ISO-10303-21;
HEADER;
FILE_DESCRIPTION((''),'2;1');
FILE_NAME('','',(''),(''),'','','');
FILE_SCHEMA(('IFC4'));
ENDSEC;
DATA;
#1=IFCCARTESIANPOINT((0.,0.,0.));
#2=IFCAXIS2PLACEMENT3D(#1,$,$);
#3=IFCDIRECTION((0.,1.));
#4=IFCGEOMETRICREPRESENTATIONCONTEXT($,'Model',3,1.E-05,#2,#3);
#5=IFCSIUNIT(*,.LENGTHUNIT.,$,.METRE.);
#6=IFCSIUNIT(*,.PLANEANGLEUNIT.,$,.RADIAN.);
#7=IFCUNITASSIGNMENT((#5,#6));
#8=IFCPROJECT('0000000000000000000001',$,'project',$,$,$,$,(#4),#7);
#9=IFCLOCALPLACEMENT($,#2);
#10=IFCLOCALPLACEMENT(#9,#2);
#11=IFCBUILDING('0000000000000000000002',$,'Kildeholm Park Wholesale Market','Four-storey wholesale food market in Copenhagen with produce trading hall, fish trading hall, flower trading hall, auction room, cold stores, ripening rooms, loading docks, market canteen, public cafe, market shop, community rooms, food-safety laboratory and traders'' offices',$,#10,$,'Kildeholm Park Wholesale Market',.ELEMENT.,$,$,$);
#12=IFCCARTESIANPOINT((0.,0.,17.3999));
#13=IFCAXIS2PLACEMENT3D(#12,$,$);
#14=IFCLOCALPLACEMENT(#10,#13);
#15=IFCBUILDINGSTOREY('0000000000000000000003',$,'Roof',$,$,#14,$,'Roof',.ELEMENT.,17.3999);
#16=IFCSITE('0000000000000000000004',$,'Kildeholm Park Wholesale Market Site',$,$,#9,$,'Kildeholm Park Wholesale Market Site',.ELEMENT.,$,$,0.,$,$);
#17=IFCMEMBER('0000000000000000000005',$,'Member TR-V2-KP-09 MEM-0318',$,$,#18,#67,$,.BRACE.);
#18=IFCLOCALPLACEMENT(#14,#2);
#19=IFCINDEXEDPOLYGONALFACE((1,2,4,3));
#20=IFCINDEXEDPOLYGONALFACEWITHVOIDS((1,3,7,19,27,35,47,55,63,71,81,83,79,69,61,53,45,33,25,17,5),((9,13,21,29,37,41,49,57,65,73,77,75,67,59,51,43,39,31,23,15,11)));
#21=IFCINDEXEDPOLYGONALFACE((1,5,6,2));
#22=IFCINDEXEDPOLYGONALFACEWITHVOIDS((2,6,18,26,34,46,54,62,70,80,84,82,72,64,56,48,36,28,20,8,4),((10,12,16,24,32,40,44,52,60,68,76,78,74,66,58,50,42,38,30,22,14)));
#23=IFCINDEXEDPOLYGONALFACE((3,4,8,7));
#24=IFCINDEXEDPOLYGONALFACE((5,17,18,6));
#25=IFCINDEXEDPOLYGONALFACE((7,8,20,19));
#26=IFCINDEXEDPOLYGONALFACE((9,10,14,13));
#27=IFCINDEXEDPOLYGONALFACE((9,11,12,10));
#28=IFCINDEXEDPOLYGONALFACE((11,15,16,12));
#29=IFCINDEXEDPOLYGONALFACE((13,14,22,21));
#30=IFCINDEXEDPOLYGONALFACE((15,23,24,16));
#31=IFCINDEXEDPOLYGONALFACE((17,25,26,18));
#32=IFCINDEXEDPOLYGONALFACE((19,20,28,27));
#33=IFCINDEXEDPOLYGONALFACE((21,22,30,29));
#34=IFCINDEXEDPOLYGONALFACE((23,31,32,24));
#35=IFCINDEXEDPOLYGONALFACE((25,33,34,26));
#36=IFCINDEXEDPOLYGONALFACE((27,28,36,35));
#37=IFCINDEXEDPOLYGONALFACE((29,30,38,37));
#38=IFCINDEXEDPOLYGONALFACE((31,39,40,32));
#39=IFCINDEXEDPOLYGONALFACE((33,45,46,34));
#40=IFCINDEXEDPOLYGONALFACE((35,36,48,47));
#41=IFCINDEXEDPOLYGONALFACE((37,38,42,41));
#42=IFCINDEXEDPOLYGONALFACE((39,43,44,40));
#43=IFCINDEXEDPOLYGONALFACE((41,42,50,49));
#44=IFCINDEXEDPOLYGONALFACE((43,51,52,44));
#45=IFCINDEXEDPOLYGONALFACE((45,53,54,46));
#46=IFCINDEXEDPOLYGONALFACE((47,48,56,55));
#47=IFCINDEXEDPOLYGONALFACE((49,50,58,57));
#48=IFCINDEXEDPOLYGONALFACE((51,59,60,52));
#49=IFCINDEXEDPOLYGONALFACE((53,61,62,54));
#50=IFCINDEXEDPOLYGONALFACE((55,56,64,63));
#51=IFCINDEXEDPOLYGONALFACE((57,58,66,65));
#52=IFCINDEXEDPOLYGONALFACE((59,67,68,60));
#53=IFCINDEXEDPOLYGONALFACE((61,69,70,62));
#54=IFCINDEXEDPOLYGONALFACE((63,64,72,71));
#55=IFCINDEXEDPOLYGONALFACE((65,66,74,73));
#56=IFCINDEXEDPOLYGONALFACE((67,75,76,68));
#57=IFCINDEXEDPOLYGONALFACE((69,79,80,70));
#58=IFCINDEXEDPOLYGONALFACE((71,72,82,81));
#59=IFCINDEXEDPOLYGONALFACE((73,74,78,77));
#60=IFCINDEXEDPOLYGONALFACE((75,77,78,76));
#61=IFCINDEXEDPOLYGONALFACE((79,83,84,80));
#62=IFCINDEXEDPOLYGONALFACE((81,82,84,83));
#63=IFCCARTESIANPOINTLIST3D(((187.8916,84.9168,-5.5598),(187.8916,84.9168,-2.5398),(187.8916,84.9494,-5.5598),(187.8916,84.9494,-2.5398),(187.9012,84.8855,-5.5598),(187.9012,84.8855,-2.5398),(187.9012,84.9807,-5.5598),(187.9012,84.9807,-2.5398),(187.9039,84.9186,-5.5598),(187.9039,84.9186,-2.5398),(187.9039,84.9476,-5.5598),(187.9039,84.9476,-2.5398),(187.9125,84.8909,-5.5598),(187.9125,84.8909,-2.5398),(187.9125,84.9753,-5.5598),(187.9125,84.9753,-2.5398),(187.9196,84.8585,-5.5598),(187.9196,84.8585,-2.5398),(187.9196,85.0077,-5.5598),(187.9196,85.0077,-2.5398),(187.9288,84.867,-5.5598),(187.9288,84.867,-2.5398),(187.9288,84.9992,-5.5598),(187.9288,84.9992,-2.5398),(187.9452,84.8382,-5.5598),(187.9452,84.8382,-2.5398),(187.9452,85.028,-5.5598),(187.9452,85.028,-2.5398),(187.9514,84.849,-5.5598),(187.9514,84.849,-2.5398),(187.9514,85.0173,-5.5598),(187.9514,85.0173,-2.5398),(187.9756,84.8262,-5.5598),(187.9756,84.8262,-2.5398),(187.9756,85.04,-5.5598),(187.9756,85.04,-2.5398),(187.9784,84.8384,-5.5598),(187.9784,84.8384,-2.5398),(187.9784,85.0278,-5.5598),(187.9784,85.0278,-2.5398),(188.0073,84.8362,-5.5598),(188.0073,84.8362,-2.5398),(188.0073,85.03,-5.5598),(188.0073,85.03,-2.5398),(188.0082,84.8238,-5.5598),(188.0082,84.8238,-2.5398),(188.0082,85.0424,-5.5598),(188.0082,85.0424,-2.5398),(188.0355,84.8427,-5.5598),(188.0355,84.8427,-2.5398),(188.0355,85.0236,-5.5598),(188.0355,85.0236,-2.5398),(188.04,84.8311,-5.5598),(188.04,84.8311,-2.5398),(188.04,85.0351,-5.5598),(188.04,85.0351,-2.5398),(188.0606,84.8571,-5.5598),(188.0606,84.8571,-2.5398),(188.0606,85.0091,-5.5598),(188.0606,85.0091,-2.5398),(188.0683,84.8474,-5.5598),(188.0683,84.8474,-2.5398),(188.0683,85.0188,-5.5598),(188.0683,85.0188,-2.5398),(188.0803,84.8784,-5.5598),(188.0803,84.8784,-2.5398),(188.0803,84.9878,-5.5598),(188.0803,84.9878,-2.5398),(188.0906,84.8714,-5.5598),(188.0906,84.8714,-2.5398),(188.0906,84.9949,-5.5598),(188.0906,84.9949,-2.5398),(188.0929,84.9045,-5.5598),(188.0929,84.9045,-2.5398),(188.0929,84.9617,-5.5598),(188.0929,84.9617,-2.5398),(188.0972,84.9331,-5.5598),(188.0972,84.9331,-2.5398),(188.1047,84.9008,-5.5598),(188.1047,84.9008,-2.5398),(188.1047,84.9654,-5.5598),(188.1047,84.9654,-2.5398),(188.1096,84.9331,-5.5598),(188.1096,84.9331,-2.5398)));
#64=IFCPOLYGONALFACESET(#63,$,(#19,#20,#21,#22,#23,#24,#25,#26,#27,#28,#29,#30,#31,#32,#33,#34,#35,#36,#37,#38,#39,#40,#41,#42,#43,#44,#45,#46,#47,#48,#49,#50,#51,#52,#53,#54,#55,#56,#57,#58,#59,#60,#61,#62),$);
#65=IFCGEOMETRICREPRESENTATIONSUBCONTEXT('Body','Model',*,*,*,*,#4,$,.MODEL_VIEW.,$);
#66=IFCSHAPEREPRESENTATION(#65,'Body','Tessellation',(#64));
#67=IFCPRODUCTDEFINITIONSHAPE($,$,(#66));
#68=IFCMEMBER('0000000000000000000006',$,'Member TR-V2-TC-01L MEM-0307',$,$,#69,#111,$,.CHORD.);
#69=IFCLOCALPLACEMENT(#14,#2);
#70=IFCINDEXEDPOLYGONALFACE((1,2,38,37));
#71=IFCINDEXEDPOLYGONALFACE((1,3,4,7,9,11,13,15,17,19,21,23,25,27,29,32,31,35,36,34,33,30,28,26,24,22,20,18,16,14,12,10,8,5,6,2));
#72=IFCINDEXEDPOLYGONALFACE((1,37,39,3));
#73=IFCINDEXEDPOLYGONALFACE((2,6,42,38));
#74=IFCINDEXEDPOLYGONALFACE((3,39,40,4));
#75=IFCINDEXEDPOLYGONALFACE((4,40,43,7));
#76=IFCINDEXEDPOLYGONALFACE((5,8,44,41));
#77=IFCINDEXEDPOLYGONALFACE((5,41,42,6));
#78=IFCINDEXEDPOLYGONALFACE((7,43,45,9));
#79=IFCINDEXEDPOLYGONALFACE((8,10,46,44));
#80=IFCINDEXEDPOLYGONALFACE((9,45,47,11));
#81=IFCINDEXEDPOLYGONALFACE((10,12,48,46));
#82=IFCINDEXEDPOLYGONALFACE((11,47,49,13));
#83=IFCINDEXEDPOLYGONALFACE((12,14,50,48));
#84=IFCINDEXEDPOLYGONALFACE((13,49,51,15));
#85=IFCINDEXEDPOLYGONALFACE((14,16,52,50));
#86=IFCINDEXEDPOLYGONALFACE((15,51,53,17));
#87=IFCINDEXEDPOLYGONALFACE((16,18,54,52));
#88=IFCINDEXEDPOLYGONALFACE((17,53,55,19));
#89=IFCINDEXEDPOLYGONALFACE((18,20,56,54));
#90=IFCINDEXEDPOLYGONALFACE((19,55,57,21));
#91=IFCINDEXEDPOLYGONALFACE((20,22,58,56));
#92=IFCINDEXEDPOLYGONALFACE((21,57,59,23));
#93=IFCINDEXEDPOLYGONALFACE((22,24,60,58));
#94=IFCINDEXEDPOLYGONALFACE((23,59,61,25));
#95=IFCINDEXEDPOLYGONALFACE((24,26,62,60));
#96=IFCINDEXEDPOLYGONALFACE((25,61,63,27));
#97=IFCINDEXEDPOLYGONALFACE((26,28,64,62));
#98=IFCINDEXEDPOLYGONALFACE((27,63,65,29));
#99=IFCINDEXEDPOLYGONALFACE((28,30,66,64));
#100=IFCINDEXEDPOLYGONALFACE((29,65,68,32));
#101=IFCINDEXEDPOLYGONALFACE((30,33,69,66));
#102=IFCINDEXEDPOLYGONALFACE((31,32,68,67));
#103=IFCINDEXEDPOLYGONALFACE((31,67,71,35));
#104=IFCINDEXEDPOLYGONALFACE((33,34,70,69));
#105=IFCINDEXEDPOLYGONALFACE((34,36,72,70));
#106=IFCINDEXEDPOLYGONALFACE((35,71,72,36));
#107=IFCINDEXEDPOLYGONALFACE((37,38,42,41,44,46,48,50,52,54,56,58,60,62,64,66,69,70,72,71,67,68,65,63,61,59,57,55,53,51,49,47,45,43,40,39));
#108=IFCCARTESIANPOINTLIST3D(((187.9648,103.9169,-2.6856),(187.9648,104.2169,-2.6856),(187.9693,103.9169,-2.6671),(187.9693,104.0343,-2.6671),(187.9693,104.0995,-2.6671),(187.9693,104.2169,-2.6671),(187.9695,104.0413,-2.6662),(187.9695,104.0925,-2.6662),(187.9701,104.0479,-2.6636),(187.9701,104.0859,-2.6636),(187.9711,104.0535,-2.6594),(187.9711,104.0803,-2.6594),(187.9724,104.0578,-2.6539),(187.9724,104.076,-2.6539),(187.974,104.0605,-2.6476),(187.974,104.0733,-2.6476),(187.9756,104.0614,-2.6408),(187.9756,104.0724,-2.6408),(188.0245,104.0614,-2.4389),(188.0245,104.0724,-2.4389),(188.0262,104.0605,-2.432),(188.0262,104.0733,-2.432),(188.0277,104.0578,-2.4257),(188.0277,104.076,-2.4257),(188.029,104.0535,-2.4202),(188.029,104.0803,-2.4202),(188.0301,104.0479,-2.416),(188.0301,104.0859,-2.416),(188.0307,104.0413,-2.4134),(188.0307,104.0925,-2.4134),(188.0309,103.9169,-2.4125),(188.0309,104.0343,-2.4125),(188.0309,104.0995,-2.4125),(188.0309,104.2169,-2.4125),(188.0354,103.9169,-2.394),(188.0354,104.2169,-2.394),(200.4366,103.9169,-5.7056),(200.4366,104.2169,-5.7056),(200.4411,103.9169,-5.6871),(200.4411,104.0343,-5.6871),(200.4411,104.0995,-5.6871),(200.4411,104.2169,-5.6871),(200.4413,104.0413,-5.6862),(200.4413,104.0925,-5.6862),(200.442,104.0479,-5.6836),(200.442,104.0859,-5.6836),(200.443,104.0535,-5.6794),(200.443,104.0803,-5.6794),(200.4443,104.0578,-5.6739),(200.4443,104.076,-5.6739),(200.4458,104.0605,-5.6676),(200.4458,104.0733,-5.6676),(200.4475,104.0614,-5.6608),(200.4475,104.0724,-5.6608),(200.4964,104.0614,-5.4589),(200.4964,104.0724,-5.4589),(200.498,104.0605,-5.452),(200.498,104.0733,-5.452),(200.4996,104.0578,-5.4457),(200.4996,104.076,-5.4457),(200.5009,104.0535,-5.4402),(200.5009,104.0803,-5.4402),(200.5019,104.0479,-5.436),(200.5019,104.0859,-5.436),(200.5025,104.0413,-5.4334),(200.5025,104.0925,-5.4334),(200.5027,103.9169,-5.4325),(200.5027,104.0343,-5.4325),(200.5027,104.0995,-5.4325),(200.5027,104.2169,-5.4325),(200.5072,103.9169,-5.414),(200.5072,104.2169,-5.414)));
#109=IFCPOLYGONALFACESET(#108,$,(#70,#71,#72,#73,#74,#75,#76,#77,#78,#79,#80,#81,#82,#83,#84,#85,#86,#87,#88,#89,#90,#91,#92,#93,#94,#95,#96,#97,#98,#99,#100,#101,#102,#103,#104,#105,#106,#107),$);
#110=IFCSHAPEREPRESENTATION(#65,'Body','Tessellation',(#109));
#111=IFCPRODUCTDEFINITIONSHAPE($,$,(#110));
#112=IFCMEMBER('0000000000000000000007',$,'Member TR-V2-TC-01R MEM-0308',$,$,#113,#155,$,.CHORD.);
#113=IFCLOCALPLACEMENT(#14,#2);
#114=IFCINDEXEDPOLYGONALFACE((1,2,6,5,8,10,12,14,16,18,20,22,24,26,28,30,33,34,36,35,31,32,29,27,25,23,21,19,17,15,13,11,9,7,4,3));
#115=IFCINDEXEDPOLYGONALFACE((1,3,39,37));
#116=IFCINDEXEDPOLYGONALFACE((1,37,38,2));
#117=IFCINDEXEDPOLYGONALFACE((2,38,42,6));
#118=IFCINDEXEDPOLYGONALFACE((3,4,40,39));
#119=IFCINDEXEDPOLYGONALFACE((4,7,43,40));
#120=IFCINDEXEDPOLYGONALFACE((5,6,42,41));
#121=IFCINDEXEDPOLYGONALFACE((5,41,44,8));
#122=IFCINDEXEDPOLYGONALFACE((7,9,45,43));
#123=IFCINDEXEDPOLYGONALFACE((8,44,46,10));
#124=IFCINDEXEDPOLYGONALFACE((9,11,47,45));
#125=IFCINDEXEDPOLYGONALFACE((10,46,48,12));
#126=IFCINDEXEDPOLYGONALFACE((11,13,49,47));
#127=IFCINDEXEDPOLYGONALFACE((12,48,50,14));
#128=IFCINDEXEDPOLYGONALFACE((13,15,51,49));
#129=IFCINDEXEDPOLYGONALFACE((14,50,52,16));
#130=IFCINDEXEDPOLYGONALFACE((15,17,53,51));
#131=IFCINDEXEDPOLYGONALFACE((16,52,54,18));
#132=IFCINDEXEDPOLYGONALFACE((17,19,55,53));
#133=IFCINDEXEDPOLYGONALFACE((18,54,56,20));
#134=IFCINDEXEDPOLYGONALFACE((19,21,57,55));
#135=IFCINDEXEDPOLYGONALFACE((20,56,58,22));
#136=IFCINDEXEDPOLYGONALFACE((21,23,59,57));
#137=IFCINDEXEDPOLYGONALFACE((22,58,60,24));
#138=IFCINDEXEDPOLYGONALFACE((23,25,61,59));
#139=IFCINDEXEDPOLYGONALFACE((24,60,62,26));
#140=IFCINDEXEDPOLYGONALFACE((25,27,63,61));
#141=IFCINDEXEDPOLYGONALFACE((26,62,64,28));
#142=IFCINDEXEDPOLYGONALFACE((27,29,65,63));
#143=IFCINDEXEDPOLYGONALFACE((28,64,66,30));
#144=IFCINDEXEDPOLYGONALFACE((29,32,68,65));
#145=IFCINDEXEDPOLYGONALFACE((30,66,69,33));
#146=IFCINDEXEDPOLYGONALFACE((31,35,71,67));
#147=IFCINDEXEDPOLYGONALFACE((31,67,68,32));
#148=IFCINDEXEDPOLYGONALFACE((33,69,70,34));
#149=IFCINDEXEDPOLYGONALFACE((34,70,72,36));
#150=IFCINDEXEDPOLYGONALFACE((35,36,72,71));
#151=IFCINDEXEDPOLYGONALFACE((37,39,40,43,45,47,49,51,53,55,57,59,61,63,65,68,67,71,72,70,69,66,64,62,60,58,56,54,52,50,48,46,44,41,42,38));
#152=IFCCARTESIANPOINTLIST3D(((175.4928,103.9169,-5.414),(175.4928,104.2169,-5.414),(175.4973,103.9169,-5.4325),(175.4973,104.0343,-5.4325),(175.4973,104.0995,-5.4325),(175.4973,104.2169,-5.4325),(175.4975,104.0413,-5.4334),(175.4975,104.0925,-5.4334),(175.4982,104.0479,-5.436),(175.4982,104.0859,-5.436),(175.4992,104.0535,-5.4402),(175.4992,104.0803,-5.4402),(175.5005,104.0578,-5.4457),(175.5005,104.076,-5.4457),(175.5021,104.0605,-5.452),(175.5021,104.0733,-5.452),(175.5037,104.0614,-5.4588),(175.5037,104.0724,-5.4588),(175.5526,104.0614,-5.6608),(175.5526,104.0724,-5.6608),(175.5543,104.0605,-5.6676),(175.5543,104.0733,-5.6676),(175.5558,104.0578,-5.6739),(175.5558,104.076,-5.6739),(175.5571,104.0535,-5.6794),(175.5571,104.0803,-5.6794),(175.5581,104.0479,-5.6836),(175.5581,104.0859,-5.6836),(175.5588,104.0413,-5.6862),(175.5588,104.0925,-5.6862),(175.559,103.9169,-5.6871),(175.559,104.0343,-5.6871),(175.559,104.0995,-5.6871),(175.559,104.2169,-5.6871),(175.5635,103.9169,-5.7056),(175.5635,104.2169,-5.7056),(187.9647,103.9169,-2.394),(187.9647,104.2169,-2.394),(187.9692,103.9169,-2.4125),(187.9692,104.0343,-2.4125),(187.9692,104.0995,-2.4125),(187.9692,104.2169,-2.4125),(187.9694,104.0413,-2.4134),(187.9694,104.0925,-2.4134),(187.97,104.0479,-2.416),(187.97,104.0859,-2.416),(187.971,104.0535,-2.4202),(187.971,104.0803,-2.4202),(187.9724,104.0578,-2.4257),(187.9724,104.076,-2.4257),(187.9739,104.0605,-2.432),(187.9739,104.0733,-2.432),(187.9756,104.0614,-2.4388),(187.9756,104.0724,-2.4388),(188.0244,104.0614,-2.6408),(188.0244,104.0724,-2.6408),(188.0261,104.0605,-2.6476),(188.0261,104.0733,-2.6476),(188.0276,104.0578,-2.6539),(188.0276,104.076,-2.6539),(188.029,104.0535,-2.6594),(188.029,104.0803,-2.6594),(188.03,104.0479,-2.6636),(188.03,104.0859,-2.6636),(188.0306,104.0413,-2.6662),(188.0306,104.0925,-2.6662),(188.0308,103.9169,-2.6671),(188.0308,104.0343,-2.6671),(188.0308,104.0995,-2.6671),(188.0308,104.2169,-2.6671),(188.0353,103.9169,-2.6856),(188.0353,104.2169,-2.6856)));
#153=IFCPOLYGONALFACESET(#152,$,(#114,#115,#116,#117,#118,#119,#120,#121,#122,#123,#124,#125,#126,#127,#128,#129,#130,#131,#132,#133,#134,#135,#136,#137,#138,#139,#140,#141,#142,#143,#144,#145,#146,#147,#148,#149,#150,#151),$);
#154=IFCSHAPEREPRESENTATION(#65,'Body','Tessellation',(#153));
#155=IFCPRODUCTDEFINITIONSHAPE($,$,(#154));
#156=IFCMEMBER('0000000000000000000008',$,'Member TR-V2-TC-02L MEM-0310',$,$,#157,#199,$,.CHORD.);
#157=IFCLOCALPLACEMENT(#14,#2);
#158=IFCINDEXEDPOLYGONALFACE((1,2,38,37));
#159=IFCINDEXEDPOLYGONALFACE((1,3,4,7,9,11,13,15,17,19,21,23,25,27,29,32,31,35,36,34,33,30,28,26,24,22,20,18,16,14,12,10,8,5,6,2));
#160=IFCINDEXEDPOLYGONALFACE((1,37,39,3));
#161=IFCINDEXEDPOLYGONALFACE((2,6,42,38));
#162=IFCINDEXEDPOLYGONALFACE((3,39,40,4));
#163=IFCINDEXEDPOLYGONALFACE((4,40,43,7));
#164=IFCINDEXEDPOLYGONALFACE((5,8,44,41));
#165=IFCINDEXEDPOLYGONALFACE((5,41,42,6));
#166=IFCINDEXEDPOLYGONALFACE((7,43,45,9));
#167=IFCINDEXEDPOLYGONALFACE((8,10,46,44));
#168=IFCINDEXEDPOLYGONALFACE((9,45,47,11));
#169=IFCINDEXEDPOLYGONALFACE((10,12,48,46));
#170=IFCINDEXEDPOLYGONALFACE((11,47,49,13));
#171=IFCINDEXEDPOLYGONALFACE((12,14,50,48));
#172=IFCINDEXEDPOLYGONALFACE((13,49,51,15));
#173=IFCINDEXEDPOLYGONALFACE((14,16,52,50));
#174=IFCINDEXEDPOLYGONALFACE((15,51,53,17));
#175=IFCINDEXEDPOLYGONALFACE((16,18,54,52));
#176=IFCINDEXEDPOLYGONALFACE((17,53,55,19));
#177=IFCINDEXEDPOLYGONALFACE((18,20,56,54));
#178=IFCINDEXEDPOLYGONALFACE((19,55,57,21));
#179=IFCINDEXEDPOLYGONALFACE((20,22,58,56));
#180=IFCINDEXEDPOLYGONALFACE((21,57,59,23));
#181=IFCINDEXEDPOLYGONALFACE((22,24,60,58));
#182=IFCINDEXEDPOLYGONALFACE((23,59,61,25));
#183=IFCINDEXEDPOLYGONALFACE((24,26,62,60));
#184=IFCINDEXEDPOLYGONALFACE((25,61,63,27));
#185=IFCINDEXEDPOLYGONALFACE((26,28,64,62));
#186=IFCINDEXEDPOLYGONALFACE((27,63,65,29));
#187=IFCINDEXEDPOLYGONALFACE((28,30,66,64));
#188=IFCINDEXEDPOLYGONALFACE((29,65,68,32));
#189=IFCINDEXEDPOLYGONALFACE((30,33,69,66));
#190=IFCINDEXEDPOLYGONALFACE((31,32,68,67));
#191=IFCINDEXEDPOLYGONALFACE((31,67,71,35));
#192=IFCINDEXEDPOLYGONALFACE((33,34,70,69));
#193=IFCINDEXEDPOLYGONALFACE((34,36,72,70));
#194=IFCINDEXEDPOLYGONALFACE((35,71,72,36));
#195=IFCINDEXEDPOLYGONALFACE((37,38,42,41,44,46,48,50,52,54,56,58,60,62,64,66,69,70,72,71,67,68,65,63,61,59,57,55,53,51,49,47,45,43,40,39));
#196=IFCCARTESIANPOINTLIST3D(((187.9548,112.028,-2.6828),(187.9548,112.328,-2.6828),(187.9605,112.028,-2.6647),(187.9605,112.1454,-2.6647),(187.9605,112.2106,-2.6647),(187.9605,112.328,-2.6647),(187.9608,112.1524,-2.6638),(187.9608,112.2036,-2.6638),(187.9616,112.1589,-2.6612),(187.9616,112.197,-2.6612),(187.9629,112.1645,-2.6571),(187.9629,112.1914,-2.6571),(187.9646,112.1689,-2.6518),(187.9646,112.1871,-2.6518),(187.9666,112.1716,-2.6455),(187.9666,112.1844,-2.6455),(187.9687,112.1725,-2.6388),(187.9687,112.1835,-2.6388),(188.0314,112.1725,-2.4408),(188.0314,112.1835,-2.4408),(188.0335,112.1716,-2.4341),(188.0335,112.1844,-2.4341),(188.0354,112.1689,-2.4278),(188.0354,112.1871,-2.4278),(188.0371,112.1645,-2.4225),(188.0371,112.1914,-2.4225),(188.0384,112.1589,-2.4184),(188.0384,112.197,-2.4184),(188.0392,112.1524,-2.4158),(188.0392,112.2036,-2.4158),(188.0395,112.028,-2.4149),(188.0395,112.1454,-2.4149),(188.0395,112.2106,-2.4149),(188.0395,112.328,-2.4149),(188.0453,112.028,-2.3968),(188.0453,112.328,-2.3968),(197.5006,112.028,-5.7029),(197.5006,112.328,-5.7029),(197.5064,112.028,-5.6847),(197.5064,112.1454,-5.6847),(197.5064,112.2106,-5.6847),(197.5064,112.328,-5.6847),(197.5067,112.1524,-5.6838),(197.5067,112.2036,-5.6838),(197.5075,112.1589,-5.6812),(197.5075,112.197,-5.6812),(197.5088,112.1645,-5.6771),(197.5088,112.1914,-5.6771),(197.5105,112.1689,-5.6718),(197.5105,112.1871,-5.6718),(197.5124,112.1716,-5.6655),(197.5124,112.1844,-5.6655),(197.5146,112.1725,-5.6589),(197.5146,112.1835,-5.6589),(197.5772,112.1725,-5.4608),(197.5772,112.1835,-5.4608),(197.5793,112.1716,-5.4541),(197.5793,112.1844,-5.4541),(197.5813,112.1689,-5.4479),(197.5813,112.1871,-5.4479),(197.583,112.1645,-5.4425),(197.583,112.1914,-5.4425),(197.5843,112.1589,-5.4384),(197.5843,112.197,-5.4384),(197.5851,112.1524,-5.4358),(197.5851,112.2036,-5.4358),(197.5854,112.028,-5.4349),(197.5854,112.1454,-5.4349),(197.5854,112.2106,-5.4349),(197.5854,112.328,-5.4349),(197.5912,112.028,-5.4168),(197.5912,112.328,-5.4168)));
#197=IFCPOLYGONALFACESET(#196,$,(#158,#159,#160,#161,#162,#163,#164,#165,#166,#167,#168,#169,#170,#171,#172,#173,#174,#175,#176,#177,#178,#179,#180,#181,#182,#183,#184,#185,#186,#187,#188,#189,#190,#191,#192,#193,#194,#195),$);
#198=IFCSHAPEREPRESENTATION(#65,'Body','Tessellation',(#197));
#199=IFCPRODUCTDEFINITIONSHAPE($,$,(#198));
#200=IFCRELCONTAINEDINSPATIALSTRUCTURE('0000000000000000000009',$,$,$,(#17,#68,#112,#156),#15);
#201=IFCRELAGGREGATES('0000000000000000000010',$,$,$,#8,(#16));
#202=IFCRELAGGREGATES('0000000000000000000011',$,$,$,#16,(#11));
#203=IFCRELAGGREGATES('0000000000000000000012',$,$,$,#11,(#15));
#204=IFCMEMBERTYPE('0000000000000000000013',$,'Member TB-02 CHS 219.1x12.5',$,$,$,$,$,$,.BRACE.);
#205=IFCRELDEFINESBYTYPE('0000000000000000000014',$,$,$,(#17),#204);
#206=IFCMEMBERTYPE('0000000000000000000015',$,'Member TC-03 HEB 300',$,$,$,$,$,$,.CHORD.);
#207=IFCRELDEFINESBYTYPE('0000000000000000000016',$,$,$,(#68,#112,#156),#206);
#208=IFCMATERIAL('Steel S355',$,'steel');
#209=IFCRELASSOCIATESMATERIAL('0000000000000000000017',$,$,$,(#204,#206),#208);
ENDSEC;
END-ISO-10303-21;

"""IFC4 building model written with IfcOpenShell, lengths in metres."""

from ifc_helpers import new_model, si_unit, direction, frame, origin, origin_2d, place, context, subcontext, project, spatial, hollow_circle, i_section, extrude, material, material_profile, profile_set, type_object, element, save


model = new_model("IFC4")

# Units and contexts
model_context = context("Model", 3, precision=1e-05, world=origin(), true_north=direction((0.0, 1.0)))
body_context = subcontext(model_context, "Body", "Model", "MODEL_VIEW")
ifc_project = project(units=[si_unit("LENGTHUNIT", "METRE"), si_unit("PLANEANGLEUNIT", "RADIAN")], contexts=[model_context])

# Site, building, storey
site_placement = place(None, origin())
site = spatial("IfcSite", under=ifc_project, at=site_placement, Name="Kildeholm Park Wholesale Market Site", LongName="Kildeholm Park Wholesale Market Site", CompositionType="ELEMENT", RefElevation=0.0)
building_placement = place(site_placement, origin())
building = spatial("IfcBuilding", under=site, at=building_placement, Name="Kildeholm Park Wholesale Market", Description="Four-storey wholesale food market in Copenhagen with produce trading hall, fish trading hall, flower trading hall, auction room, cold stores, ripening rooms, loading docks, market canteen, public cafe, market shop, community rooms, food-safety laboratory and traders' offices", LongName="Kildeholm Park Wholesale Market", CompositionType="ELEMENT")
storey_placement = place(building_placement, frame((0.0, 0.0, 17.3999)))
storey = spatial("IfcBuildingStorey", under=building, at=storey_placement, Name="Roof", LongName="Roof", CompositionType="ELEMENT", Elevation=17.3999)

# Shared definitions
ifc_material_1 = material(Name="Steel S355", Category="steel")

# Members
ifc_material_profile_1 = material_profile(ifc_material_1, hollow_circle(Radius=0.1096, WallThickness=0.0125, at=origin_2d()), Name="CHS 219.1x12.5")
ifc_profile_set_1 = profile_set([ifc_material_profile_1], Name="Steel S355")
member_type_1 = type_object("IfcMemberType", Name="Member TB-02 CHS 219.1x12.5", PredefinedType="BRACE", material=ifc_profile_set_1)
for number, where, z_axis, x_axis, name in (
    (1, (188.0, 84.9331, -5.5598), (0.0, 0.0, 1.0), (1.0, 0.0, 0.0), "Member TR-V2-KP-09 MEM-0318"),
):
    element("IfcMember", number, at=place(storey_placement, frame(where, z_axis=z_axis, x_axis=x_axis)), inside=storey, type_object=member_type_1, Name=name, PredefinedType="BRACE", context=body_context, shape_type="SweptSolid", body=[
        extrude(hollow_circle(Radius=0.1096, WallThickness=0.0125, at=origin_2d()), origin(), (0.0, 0.0, 1.0), 3.02),
    ])
ifc_material_profile_2 = material_profile(ifc_material_1, i_section(OverallWidth=0.3, OverallDepth=0.3, WebThickness=0.011, FlangeThickness=0.019, FilletRadius=0.0271, at=origin_2d()), Name="HEB 300")
ifc_profile_set_2 = profile_set([ifc_material_profile_2], Name="Steel S355")
member_type_2 = type_object("IfcMemberType", Name="Member TC-03 HEB 300", PredefinedType="CHORD", material=ifc_profile_set_2)
for number, where, z_axis, x_axis, name in (
    (2, (200.4719, 104.0669, -5.5598), (-0.971912, 0.0, 0.235344), (0.0, -1.0, 0.0), "Member TR-V2-TC-01L MEM-0307"),
    (3, (188.0, 104.0669, -2.5398), (-0.971912, 0.0, -0.235344), (0.0, -1.0, 0.0), "Member TR-V2-TC-01R MEM-0308"),
):
    element("IfcMember", number, at=place(storey_placement, frame(where, z_axis=z_axis, x_axis=x_axis)), inside=storey, type_object=member_type_2, Name=name, PredefinedType="CHORD", context=body_context, shape_type="SweptSolid", body=[
        extrude(i_section(OverallWidth=0.3, OverallDepth=0.3, WebThickness=0.011, FlangeThickness=0.019, FilletRadius=0.0271, at=origin_2d()), origin(), (0.0, 0.0, 1.0), 12.8323),
    ])
for number, where, z_axis, x_axis, name in (
    (4, (197.5459, 112.178, -5.5598), (-0.953424, 0.0, 0.301633), (0.0, -1.0, 0.0), "Member TR-V2-TC-02L MEM-0310"),
):
    element("IfcMember", number, at=place(storey_placement, frame(where, z_axis=z_axis, x_axis=x_axis)), inside=storey, type_object=member_type_2, Name=name, PredefinedType="CHORD", context=body_context, shape_type="SweptSolid", body=[
        extrude(i_section(OverallWidth=0.3, OverallDepth=0.3, WebThickness=0.011, FlangeThickness=0.019, FilletRadius=0.0271, at=origin_2d()), origin(), (0.0, 0.0, 1.0), 10.0122),
    ])

save(model, "model.ifc")
